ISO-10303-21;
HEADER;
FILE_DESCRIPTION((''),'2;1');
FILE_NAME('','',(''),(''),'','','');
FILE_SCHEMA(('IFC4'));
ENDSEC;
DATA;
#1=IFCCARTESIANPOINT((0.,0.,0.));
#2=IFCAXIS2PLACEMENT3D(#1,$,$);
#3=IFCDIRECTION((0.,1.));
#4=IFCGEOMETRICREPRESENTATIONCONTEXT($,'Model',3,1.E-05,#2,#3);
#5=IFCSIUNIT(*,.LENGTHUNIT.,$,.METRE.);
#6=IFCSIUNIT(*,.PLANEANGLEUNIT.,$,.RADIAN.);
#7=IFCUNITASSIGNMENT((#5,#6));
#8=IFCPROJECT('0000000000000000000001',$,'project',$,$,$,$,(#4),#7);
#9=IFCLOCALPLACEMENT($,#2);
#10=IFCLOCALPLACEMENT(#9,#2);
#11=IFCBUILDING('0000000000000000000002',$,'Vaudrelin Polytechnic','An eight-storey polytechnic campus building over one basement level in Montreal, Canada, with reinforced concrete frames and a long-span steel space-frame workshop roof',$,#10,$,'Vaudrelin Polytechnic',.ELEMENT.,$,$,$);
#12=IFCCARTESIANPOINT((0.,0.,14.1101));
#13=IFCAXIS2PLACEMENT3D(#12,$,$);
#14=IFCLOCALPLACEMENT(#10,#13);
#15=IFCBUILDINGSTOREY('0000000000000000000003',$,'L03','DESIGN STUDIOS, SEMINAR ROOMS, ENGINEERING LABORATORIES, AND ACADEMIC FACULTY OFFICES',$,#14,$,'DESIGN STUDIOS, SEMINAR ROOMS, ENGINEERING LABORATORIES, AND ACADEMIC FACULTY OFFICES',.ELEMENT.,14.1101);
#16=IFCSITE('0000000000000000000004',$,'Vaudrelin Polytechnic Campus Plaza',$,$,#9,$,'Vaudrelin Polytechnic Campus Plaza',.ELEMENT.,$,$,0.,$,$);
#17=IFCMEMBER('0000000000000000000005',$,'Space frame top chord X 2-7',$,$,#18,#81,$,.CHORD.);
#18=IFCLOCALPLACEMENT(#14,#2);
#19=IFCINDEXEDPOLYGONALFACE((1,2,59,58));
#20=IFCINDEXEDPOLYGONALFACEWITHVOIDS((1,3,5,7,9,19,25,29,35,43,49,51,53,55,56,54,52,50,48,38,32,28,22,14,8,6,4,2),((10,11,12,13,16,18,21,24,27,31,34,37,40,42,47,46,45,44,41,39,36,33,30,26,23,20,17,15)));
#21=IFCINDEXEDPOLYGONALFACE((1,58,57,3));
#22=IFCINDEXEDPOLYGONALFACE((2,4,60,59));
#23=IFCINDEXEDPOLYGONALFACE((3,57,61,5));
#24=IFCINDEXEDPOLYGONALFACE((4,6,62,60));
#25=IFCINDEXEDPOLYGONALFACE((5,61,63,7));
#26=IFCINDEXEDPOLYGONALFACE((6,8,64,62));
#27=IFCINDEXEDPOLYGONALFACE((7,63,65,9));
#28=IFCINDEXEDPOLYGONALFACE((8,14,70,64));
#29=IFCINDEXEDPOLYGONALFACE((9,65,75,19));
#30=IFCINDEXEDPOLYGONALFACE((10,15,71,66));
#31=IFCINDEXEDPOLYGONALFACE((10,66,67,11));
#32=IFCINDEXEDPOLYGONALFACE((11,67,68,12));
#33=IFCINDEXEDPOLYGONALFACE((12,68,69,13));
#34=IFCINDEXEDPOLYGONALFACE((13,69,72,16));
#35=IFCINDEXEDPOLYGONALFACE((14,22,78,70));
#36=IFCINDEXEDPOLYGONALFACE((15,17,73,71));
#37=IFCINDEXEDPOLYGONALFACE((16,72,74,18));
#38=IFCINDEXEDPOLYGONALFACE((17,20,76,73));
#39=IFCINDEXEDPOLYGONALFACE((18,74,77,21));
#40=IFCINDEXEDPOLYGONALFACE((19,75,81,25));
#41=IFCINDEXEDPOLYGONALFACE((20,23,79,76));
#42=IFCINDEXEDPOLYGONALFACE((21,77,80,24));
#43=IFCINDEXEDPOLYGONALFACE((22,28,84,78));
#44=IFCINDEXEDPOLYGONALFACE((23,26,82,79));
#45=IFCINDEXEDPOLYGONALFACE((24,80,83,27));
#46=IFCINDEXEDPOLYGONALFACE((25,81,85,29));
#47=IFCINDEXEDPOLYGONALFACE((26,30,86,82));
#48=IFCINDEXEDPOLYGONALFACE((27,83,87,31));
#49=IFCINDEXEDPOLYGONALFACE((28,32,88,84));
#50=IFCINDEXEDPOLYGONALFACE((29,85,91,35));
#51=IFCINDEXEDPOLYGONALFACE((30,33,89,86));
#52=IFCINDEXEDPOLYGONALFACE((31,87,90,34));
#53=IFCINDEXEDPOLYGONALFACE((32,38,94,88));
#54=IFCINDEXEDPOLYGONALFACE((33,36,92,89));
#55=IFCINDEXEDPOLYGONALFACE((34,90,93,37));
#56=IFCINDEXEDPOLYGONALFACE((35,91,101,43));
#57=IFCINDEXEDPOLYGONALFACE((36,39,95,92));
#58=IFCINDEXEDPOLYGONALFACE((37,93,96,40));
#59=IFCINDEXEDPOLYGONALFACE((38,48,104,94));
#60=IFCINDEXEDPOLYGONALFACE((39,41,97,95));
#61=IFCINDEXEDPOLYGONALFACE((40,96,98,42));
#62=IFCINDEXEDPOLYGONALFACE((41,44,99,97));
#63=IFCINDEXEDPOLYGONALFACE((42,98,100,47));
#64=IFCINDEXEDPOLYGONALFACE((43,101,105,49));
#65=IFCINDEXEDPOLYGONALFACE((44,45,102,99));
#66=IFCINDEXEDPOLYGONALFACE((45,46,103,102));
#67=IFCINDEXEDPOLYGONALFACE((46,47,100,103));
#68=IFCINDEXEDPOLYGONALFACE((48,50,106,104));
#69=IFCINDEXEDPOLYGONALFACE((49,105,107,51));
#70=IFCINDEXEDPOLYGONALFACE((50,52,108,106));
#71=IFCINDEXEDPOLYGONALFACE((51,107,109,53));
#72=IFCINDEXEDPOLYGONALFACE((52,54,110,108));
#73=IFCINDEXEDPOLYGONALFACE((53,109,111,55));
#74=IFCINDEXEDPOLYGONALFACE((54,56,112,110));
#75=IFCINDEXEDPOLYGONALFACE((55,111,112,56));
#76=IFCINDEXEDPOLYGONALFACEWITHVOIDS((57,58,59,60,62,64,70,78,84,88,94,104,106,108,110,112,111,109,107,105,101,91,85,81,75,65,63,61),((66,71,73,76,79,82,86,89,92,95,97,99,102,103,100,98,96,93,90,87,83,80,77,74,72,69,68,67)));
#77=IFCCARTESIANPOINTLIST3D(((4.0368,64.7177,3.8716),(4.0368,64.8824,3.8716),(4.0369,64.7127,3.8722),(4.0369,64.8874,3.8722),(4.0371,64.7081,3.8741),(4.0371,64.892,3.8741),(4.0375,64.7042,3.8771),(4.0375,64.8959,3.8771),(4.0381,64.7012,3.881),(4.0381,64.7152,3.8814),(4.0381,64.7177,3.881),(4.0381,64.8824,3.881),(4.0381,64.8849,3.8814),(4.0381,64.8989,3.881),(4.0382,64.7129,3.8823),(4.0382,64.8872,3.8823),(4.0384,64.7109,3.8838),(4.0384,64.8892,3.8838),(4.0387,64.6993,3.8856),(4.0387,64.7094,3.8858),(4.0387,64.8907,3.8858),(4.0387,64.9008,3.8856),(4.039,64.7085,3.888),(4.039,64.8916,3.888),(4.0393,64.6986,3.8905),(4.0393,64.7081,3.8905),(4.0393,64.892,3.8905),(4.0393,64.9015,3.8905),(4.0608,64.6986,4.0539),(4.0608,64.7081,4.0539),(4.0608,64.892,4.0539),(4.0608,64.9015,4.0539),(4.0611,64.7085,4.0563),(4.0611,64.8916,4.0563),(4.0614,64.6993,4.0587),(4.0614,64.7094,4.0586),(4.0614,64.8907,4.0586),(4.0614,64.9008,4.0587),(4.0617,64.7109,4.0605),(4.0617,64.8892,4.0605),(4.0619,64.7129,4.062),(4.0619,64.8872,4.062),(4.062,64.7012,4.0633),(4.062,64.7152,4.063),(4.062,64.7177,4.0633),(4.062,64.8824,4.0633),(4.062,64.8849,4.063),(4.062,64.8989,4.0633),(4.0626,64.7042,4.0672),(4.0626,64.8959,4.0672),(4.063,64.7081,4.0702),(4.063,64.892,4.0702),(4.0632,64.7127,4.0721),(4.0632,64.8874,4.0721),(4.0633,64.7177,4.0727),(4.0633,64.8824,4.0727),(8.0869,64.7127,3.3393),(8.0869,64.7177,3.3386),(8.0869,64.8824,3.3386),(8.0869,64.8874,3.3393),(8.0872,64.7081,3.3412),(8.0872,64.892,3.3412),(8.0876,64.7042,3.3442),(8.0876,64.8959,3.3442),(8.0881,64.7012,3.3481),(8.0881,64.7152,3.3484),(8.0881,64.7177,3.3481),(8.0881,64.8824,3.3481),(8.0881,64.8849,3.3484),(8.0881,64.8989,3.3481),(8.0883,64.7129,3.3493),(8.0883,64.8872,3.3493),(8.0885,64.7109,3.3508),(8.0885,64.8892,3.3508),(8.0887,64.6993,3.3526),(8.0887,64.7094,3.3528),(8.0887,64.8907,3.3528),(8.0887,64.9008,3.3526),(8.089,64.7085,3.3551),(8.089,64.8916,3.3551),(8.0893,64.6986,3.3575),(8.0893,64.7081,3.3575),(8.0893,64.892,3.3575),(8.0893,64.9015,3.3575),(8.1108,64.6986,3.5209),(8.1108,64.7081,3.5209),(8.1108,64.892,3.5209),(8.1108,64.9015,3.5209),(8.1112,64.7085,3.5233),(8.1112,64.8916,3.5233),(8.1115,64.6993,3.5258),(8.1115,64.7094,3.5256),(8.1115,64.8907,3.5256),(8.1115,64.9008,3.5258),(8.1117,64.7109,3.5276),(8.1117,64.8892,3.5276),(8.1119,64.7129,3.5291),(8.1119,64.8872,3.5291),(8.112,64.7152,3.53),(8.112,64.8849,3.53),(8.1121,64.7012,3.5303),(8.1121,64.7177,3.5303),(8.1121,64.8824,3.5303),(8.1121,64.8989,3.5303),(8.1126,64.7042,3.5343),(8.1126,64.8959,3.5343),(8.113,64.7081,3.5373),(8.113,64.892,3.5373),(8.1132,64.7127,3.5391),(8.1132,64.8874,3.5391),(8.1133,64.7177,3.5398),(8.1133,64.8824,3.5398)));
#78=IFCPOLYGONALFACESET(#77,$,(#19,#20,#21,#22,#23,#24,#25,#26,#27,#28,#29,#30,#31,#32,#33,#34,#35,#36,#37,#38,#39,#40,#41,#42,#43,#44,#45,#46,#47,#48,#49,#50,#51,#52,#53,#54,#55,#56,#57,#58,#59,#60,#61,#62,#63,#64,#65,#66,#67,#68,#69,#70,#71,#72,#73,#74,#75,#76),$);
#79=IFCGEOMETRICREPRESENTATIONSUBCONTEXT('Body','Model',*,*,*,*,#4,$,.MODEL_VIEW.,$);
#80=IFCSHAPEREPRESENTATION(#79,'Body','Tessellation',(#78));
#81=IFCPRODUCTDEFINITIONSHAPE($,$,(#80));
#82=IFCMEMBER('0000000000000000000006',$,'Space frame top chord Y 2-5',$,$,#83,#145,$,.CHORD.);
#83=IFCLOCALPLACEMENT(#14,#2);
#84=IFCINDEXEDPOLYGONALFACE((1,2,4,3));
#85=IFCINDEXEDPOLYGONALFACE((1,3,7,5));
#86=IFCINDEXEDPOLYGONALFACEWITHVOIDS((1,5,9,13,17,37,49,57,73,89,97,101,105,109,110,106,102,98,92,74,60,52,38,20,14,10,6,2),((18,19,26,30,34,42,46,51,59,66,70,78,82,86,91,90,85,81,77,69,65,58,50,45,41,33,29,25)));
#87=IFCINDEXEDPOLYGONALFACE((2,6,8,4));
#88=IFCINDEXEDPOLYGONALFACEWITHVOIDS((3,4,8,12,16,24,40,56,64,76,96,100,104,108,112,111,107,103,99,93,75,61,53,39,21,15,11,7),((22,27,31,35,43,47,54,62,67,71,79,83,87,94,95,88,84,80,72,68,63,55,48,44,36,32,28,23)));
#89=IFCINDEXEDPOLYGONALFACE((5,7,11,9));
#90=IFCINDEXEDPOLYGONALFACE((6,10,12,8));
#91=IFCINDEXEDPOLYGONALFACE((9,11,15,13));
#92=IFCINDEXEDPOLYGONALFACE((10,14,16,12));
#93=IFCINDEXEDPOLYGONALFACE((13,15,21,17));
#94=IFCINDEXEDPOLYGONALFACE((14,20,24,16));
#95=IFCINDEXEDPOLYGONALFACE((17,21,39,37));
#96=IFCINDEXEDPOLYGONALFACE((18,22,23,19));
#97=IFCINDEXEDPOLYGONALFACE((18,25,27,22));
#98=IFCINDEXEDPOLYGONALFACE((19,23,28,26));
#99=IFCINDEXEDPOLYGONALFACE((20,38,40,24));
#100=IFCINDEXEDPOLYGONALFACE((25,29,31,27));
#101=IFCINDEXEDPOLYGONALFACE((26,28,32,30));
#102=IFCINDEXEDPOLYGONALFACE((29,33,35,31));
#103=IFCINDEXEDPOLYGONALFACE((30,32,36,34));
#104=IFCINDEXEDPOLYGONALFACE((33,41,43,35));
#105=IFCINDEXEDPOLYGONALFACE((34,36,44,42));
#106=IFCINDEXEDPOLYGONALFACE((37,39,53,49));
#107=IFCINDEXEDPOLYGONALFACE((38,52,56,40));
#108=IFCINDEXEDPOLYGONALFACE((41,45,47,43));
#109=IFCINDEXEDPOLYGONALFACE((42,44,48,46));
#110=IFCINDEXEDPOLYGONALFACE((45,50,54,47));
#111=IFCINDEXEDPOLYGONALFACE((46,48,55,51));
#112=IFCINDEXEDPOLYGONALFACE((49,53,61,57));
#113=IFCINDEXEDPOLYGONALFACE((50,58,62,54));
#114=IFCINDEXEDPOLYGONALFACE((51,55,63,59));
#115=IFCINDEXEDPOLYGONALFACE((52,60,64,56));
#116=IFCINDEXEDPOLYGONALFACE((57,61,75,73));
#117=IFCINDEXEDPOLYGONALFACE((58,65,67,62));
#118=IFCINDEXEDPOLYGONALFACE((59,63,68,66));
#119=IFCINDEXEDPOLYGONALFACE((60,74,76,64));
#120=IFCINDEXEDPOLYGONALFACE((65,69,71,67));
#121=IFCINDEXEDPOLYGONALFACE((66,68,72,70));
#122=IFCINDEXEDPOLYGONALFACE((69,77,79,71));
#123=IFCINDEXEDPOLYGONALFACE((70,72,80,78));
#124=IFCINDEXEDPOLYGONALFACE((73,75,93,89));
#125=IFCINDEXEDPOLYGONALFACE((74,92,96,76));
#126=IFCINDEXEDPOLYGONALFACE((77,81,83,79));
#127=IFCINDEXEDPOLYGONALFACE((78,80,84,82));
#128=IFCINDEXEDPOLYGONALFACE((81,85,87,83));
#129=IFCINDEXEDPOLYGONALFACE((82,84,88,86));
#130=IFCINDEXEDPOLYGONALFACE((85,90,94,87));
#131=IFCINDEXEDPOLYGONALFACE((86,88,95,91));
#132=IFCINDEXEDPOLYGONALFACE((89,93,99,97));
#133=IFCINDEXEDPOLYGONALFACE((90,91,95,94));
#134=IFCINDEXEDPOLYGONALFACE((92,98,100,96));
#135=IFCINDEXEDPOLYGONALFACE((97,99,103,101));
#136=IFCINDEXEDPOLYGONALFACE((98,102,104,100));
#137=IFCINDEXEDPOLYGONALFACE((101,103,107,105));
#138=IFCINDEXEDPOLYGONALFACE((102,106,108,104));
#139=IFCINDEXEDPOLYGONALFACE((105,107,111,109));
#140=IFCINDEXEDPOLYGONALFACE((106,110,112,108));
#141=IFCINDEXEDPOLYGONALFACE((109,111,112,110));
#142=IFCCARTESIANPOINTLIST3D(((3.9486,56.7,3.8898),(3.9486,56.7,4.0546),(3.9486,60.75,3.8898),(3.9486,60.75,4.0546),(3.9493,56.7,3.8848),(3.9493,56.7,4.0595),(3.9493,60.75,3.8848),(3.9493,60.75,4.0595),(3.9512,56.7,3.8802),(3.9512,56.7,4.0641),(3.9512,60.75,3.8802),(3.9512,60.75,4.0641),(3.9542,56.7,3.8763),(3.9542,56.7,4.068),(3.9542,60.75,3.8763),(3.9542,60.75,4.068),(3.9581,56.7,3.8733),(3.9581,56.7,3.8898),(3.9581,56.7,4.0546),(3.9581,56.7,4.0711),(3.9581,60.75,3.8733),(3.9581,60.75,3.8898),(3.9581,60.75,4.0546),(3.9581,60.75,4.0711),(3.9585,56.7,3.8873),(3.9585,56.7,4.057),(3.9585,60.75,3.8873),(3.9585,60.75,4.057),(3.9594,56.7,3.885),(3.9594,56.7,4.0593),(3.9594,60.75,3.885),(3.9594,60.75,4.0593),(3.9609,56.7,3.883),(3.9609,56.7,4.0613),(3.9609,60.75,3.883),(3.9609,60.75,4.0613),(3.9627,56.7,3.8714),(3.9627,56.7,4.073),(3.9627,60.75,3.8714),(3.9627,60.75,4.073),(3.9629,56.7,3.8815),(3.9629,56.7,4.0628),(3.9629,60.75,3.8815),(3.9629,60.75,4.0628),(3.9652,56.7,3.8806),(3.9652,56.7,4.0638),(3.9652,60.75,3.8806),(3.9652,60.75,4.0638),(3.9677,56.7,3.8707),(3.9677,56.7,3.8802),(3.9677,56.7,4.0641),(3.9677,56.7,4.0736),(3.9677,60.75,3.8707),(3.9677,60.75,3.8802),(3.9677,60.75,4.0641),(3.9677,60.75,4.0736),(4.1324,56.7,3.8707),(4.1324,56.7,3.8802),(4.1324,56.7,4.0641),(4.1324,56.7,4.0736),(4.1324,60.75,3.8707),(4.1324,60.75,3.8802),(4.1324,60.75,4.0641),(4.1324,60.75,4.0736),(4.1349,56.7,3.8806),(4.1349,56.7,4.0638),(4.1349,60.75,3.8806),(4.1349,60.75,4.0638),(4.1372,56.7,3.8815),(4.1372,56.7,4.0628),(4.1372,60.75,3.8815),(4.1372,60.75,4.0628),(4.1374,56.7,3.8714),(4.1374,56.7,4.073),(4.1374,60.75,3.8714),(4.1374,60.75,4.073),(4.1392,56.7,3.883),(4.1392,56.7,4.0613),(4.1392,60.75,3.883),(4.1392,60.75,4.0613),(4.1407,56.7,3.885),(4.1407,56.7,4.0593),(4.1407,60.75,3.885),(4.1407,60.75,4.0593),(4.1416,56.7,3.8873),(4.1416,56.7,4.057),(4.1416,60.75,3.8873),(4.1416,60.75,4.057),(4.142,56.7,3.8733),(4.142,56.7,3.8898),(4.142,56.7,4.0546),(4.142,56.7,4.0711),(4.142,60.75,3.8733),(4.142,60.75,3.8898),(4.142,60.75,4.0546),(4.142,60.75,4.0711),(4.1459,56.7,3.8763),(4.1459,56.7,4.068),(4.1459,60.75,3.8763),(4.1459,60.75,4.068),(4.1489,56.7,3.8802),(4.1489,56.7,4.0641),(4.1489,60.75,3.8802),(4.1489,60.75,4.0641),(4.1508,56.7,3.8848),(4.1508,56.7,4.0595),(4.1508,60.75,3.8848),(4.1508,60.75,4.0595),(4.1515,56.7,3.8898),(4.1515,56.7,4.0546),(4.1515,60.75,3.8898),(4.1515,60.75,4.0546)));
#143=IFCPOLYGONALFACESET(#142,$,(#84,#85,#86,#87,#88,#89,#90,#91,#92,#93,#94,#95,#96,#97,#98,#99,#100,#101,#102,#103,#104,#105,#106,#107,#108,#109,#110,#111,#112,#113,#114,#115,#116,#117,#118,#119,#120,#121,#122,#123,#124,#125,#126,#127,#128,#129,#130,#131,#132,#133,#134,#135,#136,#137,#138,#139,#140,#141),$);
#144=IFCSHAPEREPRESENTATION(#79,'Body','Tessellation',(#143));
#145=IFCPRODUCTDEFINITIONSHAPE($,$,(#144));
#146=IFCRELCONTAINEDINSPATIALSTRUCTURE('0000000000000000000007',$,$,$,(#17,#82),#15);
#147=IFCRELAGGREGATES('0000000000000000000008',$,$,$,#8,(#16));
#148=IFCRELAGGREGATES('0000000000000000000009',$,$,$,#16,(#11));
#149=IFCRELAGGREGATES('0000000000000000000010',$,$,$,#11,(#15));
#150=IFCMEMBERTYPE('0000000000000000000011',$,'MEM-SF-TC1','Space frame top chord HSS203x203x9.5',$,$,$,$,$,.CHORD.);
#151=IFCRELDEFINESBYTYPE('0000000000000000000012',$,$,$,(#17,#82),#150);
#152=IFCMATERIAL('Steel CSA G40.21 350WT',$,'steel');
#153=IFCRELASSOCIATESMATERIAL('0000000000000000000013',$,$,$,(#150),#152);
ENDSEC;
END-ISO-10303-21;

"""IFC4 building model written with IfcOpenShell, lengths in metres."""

from ifc_helpers import new_model, si_unit, direction, frame, origin, origin_2d, place, context, subcontext, project, spatial, hollow_rectangle, extrude, material, material_profile, profile_set, type_object, element, save


model = new_model("IFC4")

# Units and contexts
model_context = context("Model", 3, precision=1e-05, world=origin(), true_north=direction((0.0, 1.0)))
body_context = subcontext(model_context, "Body", "Model", "MODEL_VIEW")
ifc_project = project(units=[si_unit("LENGTHUNIT", "METRE"), si_unit("PLANEANGLEUNIT", "RADIAN")], contexts=[model_context])

# Site, building, storey
site_placement = place(None, origin())
site = spatial("IfcSite", under=ifc_project, at=site_placement, Name="Vaudrelin Polytechnic Campus Plaza", LongName="Vaudrelin Polytechnic Campus Plaza", CompositionType="ELEMENT", RefElevation=0.0)
building_placement = place(site_placement, origin())
building = spatial("IfcBuilding", under=site, at=building_placement, Name="Vaudrelin Polytechnic", Description="An eight-storey polytechnic campus building over one basement level in Montreal, Canada, with reinforced concrete frames and a long-span steel space-frame workshop roof", LongName="Vaudrelin Polytechnic", CompositionType="ELEMENT")
storey_placement = place(building_placement, frame((0.0, 0.0, 14.1101)))
storey = spatial("IfcBuildingStorey", under=building, at=storey_placement, Name="L03", Description="DESIGN STUDIOS, SEMINAR ROOMS, ENGINEERING LABORATORIES, AND ACADEMIC FACULTY OFFICES", LongName="DESIGN STUDIOS, SEMINAR ROOMS, ENGINEERING LABORATORIES, AND ACADEMIC FACULTY OFFICES", CompositionType="ELEMENT", Elevation=14.1101)

# Members
ifc_material_1 = material(Name="Steel CSA G40.21 350WT", Category="steel")
ifc_material_profile_1 = material_profile(ifc_material_1, hollow_rectangle(XDim=0.2029, YDim=0.2029, WallThickness=0.0095, InnerFilletRadius=0.0095, OuterFilletRadius=0.019, at=origin_2d()), Name="HSS203x203x9.5")
ifc_profile_set_1 = profile_set([ifc_material_profile_1], Name="Steel CSA G40.21 350WT")
member_type_1 = type_object("IfcMemberType", Name="MEM-SF-TC1", Description="Space frame top chord HSS203x203x9.5", PredefinedType="CHORD", material=ifc_profile_set_1)
for number, where, z_axis, x_axis, name in (
    (1, (4.05, 64.8, 3.9722), (0.991452, 0.0, -0.130468), (0.0, 1.0, 0.0), "Space frame top chord X 2-7"),
):
    element("IfcMember", number, at=place(storey_placement, frame(where, z_axis=z_axis, x_axis=x_axis)), inside=storey, type_object=member_type_1, Name=name, PredefinedType="CHORD", context=body_context, shape_type="SweptSolid", body=[
        extrude(hollow_rectangle(XDim=0.2029, YDim=0.2029, WallThickness=0.0095, InnerFilletRadius=0.0095, OuterFilletRadius=0.019, at=origin_2d()), origin(), (0.0, 0.0, 1.0), 4.085),
    ])
for number, where, z_axis, x_axis, name in (
    (2, (4.05, 56.7, 3.9722), (0.0, 1.0, 0.0), (-1.0, 0.0, 0.0), "Space frame top chord Y 2-5"),
):
    element("IfcMember", number, at=place(storey_placement, frame(where, z_axis=z_axis, x_axis=x_axis)), inside=storey, type_object=member_type_1, Name=name, PredefinedType="CHORD", context=body_context, shape_type="SweptSolid", body=[
        extrude(hollow_rectangle(XDim=0.2029, YDim=0.2029, WallThickness=0.0095, InnerFilletRadius=0.0095, OuterFilletRadius=0.019, at=origin_2d()), origin(), (0.0, 0.0, 1.0), 4.05),
    ])

save(model, "model.ifc")
